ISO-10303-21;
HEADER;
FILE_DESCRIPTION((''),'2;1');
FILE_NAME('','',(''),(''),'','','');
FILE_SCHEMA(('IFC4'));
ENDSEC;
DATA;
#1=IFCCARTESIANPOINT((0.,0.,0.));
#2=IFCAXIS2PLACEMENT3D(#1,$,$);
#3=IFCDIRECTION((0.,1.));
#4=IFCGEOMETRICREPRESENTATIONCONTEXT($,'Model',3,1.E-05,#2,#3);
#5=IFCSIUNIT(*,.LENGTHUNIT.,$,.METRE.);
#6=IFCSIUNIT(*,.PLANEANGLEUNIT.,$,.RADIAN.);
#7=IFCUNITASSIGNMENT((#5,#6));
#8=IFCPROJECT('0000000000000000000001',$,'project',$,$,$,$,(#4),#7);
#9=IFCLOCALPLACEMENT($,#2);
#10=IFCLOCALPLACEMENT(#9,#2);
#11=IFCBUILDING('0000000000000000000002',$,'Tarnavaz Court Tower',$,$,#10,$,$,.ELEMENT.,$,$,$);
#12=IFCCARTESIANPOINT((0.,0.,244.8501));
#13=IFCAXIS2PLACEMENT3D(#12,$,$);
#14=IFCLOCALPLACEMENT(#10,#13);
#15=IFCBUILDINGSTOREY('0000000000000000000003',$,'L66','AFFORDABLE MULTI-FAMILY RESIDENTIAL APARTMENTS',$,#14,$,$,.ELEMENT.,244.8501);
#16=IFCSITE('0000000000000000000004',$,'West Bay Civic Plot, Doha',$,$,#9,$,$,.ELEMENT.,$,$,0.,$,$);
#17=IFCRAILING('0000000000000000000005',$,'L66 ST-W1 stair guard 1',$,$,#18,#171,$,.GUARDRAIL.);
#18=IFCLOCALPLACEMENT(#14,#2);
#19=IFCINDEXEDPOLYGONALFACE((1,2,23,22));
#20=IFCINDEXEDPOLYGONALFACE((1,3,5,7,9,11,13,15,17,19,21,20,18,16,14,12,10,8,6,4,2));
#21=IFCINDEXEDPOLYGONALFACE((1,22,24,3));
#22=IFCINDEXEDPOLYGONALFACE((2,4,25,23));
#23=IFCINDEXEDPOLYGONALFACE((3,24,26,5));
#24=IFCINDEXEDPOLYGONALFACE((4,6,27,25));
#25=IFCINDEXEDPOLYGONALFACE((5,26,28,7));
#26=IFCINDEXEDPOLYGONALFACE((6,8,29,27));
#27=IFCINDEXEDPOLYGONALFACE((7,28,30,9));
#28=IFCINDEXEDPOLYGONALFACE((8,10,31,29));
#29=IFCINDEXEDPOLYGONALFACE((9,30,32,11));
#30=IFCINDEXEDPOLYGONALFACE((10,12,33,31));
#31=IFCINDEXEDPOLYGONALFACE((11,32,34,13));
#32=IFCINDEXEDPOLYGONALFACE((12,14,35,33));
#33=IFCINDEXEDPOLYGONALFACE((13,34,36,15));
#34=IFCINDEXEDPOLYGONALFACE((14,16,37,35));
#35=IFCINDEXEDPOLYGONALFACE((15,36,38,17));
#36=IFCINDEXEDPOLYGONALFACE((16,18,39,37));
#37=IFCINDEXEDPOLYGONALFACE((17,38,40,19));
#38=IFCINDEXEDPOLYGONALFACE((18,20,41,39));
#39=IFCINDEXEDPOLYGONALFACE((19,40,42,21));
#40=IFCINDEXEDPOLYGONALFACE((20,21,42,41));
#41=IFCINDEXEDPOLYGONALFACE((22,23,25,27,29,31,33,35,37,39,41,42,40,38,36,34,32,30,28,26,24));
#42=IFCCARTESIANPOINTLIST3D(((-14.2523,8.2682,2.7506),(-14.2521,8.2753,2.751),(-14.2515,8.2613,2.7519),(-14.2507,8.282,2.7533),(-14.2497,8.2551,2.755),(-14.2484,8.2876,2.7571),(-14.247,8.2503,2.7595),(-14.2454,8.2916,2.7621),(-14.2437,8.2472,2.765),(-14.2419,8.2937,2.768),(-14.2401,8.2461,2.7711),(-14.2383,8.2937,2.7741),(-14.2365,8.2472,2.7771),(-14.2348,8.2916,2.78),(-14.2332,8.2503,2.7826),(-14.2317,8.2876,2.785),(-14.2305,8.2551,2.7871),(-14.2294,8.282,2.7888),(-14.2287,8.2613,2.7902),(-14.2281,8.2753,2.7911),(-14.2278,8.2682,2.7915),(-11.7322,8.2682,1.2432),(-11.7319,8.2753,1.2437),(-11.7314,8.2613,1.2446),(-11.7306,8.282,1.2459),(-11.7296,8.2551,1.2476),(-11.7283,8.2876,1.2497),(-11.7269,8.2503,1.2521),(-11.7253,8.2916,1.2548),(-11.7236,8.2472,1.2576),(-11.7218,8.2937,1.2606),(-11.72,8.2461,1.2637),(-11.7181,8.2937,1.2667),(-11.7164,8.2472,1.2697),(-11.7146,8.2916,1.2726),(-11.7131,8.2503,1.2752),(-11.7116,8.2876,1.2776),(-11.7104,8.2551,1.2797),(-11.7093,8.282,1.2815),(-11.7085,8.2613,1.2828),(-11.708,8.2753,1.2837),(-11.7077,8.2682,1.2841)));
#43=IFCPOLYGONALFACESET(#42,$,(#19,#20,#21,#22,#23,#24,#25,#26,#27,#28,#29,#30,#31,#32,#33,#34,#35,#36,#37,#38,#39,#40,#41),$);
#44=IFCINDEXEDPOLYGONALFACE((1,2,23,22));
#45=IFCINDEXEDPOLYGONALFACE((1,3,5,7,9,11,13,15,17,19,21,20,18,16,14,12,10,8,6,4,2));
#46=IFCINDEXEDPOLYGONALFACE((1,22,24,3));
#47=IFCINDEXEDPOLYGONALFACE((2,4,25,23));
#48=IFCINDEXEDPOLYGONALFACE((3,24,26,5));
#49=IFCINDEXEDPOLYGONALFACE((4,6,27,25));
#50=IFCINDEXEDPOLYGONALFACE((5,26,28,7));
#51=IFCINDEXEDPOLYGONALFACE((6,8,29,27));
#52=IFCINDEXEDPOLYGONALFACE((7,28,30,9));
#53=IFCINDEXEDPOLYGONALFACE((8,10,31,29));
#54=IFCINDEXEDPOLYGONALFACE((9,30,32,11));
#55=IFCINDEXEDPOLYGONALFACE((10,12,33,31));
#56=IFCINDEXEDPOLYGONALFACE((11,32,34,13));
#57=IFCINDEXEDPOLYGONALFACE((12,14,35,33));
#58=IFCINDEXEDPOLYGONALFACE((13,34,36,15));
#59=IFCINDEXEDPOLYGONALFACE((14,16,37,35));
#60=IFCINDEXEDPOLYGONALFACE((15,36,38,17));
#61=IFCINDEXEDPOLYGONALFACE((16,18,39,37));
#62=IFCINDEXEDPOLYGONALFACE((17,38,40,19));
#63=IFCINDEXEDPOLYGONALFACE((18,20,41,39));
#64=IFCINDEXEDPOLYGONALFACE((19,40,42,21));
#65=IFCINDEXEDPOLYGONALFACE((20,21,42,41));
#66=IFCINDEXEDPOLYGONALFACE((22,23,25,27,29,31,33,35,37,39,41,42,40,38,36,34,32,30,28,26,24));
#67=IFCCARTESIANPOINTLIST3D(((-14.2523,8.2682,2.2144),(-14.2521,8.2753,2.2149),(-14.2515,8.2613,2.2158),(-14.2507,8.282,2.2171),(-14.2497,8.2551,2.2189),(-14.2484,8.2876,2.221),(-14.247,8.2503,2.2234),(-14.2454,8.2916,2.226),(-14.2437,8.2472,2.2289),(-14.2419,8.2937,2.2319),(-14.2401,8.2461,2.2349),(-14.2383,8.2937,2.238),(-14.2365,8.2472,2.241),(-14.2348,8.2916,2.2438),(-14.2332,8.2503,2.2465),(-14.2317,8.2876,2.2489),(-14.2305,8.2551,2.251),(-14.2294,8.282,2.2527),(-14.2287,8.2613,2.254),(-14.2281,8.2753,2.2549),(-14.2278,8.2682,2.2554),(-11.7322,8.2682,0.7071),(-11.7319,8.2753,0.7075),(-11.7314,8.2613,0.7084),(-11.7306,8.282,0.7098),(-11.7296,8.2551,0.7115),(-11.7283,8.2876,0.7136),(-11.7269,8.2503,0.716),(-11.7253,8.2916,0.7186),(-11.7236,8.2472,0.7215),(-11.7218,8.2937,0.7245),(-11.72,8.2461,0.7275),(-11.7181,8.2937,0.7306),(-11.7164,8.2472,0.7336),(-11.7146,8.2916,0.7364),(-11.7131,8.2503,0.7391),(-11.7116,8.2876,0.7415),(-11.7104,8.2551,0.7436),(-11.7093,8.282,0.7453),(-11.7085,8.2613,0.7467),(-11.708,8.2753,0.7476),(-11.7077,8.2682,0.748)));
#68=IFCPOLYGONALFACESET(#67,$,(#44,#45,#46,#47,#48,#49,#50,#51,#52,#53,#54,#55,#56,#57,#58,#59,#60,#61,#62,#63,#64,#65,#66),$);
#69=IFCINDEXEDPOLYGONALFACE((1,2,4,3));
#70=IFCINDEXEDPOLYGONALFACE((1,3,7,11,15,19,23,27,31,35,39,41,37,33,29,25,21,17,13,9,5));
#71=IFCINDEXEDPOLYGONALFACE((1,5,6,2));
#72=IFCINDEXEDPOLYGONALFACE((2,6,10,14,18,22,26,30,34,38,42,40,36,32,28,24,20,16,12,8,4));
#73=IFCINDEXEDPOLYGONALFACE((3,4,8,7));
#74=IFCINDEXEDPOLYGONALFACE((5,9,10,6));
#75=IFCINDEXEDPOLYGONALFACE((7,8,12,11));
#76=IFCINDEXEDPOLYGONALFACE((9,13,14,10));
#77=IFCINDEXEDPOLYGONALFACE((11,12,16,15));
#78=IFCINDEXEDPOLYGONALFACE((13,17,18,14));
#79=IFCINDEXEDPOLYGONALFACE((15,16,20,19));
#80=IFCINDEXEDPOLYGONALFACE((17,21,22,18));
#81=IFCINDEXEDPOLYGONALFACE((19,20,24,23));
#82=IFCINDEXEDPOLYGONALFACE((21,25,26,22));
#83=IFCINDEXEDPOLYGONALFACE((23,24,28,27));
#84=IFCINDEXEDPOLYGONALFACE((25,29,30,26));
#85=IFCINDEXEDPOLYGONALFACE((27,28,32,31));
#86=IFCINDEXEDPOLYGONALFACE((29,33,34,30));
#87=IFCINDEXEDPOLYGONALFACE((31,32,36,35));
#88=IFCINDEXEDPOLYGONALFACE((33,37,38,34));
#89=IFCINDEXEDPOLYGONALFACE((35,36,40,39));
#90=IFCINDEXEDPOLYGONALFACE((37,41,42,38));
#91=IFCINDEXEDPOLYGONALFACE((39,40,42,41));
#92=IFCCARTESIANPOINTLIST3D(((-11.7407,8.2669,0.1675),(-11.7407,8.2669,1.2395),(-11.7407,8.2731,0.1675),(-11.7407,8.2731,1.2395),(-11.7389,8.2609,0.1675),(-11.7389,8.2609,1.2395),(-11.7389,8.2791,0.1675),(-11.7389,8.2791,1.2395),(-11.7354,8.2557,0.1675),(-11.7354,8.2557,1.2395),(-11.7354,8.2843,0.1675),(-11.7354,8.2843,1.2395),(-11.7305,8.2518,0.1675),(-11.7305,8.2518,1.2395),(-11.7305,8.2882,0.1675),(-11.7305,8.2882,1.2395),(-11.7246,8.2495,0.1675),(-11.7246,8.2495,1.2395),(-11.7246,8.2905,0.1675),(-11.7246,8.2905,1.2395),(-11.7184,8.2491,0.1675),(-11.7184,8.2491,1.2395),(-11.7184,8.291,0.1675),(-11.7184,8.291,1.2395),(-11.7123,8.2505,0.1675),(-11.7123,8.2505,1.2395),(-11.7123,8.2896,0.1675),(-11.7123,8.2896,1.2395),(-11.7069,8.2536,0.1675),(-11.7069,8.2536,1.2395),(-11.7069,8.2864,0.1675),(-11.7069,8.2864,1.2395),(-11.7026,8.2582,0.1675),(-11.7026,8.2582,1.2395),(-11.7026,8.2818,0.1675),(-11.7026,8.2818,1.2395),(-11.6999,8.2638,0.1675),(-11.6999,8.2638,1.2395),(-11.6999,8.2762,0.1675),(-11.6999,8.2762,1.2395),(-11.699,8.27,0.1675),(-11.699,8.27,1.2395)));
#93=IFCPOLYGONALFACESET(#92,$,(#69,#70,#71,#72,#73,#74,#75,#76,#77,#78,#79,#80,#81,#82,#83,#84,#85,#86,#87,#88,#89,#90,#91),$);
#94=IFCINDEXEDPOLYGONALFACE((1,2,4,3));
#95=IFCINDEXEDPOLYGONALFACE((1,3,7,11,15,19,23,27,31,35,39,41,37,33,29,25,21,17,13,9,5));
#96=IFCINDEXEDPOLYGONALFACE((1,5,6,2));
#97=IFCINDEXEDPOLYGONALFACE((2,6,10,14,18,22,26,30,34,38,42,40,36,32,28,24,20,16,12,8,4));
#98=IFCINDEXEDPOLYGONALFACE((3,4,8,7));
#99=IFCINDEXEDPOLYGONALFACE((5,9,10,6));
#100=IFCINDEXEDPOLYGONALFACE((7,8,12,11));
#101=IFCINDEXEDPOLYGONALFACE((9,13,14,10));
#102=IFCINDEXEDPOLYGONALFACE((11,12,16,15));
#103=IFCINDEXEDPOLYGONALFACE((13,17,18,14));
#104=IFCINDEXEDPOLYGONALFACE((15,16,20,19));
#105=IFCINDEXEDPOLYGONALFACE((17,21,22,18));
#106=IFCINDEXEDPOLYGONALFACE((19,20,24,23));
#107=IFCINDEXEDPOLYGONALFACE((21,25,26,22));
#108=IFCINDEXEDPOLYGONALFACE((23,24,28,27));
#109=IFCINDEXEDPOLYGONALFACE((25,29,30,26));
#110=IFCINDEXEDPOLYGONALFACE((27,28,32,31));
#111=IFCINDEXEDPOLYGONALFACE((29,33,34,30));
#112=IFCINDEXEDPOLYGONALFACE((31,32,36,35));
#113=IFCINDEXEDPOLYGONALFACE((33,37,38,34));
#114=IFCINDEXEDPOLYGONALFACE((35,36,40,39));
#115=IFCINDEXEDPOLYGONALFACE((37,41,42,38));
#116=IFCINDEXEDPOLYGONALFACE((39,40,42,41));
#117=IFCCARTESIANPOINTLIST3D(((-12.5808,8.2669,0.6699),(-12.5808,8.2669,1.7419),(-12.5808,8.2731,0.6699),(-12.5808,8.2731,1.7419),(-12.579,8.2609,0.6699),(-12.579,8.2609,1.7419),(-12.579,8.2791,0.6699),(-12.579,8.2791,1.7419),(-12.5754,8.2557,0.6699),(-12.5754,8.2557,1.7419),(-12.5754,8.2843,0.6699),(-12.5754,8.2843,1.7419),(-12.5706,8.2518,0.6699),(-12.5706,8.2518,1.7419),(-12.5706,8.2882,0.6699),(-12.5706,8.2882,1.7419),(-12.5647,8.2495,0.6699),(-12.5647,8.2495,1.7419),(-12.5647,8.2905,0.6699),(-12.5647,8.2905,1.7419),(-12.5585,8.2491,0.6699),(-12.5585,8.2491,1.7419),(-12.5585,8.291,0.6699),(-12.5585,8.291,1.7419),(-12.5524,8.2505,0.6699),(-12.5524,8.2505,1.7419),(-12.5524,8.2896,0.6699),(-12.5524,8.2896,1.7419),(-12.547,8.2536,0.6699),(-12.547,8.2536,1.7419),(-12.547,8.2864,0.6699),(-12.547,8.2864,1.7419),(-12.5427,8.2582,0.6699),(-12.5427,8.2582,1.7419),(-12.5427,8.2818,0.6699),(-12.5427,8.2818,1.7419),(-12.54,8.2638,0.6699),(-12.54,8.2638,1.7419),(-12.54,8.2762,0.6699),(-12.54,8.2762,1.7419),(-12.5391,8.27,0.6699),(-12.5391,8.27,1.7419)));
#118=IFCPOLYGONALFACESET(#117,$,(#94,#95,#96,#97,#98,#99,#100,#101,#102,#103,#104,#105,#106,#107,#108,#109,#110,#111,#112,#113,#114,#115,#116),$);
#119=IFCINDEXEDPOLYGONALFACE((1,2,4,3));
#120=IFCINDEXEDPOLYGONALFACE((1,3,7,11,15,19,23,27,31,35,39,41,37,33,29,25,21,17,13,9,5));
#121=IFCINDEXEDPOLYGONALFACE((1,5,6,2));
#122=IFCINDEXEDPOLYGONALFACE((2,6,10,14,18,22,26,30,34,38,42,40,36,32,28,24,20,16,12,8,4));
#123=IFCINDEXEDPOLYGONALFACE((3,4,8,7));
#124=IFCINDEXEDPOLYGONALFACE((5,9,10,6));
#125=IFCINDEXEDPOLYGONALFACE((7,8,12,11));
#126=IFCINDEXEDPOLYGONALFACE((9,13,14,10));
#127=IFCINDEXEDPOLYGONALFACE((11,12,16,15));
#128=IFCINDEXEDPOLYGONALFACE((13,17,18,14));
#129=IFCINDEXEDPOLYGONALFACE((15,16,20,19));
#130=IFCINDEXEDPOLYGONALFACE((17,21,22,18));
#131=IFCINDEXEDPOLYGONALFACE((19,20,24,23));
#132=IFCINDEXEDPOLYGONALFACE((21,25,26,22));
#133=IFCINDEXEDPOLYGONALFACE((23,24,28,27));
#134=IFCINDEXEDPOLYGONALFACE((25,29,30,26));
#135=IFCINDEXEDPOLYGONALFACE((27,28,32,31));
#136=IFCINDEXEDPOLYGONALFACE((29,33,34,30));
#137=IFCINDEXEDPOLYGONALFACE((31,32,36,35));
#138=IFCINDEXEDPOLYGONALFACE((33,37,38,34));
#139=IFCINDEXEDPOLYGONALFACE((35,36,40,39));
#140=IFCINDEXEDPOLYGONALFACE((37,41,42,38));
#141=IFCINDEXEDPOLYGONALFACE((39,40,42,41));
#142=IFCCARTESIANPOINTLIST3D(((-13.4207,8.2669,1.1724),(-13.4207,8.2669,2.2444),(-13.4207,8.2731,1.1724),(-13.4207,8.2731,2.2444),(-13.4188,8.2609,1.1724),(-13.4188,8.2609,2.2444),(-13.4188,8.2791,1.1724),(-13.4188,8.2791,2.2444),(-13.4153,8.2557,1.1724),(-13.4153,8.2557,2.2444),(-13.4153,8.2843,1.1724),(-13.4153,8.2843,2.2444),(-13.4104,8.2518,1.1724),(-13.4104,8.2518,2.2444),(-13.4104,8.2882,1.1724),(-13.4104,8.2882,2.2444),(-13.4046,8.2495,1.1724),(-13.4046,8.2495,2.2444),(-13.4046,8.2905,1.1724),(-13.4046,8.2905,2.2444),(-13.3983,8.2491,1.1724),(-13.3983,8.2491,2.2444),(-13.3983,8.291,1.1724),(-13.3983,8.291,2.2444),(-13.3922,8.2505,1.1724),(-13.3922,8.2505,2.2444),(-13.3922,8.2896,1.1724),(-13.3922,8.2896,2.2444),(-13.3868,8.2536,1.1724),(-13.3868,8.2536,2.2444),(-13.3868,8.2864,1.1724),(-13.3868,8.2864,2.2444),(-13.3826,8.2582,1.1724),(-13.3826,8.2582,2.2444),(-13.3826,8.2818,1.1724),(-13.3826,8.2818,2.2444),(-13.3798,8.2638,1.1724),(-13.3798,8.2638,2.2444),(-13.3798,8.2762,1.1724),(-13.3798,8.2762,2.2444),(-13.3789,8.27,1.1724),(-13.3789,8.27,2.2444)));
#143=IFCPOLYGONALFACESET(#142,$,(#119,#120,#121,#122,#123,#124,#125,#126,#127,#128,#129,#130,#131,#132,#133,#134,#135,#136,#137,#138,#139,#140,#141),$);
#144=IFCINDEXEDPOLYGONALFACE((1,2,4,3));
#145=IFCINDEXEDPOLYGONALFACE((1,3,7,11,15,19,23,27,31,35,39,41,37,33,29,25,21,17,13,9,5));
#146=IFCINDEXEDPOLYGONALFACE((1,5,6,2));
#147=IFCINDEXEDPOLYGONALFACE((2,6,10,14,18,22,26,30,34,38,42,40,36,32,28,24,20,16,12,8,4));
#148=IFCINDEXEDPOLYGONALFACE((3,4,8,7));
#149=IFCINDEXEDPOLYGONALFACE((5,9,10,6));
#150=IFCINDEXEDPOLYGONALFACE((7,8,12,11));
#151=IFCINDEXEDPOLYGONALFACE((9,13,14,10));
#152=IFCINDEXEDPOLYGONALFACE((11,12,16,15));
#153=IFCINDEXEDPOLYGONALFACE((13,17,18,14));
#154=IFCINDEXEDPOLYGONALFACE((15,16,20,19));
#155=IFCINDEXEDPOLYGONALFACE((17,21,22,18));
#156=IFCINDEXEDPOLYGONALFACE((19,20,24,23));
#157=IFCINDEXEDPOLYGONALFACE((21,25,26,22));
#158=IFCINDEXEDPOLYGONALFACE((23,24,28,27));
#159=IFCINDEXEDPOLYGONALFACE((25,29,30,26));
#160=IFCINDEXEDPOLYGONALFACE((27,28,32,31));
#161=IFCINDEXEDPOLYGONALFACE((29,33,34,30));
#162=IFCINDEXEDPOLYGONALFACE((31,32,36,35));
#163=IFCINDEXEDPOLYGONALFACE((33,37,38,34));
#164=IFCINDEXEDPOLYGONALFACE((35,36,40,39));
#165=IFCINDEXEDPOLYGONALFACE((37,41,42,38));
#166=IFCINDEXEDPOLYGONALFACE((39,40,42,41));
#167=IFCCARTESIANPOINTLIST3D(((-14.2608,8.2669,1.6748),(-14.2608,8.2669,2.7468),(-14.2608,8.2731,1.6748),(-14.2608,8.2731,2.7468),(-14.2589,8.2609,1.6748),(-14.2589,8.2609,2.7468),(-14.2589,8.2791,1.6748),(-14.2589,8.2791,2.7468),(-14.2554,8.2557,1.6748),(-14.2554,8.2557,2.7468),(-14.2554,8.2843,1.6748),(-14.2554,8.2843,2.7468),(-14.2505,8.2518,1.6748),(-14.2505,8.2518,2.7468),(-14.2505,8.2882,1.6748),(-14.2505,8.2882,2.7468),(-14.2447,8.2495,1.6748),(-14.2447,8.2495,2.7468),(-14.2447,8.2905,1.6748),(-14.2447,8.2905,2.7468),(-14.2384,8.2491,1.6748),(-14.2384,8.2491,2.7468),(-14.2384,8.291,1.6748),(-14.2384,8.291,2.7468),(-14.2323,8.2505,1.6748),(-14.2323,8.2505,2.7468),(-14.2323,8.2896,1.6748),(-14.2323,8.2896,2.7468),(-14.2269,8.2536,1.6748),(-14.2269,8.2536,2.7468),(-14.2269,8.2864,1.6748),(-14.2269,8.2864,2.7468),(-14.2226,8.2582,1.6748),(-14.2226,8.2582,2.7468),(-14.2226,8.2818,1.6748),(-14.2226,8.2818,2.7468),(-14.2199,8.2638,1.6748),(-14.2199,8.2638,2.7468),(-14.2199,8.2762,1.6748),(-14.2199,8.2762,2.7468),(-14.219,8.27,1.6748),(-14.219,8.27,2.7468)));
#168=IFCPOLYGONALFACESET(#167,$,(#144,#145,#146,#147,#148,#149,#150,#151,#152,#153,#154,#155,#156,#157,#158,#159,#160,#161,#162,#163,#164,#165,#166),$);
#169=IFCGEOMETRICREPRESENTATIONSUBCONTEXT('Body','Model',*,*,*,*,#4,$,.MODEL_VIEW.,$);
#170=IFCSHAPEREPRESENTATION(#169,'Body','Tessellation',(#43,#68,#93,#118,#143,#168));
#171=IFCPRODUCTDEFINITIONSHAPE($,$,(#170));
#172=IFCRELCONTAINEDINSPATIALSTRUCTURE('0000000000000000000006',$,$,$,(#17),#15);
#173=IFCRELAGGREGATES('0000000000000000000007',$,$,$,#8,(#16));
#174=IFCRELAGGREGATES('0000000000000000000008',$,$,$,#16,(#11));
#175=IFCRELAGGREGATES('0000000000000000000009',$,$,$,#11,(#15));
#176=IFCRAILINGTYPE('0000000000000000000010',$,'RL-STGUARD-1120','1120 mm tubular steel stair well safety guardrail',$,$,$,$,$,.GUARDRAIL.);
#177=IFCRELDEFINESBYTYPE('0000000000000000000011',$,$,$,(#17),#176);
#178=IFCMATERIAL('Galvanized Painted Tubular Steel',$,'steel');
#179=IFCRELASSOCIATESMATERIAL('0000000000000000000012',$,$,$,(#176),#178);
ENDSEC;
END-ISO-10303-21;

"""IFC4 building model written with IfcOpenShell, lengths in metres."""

from ifc_helpers import new_model, si_unit, direction, frame, origin, origin_2d, place, context, subcontext, project, spatial, circle, extrude, material, type_object, element, save


model = new_model("IFC4")

# Units and contexts
model_context = context("Model", 3, precision=1e-05, world=origin(), true_north=direction((0.0, 1.0)))
body_context = subcontext(model_context, "Body", "Model", "MODEL_VIEW")
ifc_project = project(units=[si_unit("LENGTHUNIT", "METRE"), si_unit("PLANEANGLEUNIT", "RADIAN")], contexts=[model_context])

# Site, building, storey
site_placement = place(None, origin())
site = spatial("IfcSite", under=ifc_project, at=site_placement, Name="West Bay Civic Plot, Doha", CompositionType="ELEMENT", RefElevation=0.0)
building_placement = place(site_placement, origin())
building = spatial("IfcBuilding", under=site, at=building_placement, Name="Tarnavaz Court Tower", CompositionType="ELEMENT")
storey_placement = place(building_placement, frame((0.0, 0.0, 244.8501)))
storey = spatial("IfcBuildingStorey", under=building, at=storey_placement, Name="L66", Description="AFFORDABLE MULTI-FAMILY RESIDENTIAL APARTMENTS", CompositionType="ELEMENT", Elevation=244.8501)

# Railing
ifc_material_1 = material(Name="Galvanized Painted Tubular Steel", Category="steel")
railing_type_1 = type_object("IfcRailingType", Name="RL-STGUARD-1120", Description="1120 mm tubular steel stair well safety guardrail", PredefinedType="GUARDRAIL", material=ifc_material_1)
railing_1_placement = place(storey_placement, frame((-11.72, 8.27, 0.1675)))
element("IfcRailing", 1, at=railing_1_placement, inside=storey, type_object=railing_type_1, Name="L66 ST-W1 stair guard 1", PredefinedType="GUARDRAIL", context=body_context, shape_type="SweptSolid", body=[
    extrude(circle(Radius=0.0239, at=origin_2d()), frame((0.0, 0.0, 1.0962), z_axis=(-0.858196, 0.0, 0.513321), x_axis=(0.0, -1.0, 0.0)), (0.0, 0.0, 1.0), 2.9365),
    extrude(circle(Radius=0.0239, at=origin_2d()), frame((0.0, 0.0, 0.5601), z_axis=(-0.858196, 0.0, 0.513321), x_axis=(0.0, -1.0, 0.0)), (0.0, 0.0, 1.0), 2.9365),
    extrude(circle(Radius=0.021, at=origin_2d()), origin(), (0.0, 0.0, 1.0), 1.072),
    extrude(circle(Radius=0.021, at=origin_2d()), frame((-0.8401, 0.0, 0.5024)), (0.0, 0.0, 1.0), 1.072),
    extrude(circle(Radius=0.021, at=origin_2d()), frame((-1.6799, 0.0, 1.0049)), (0.0, 0.0, 1.0), 1.072),
    extrude(circle(Radius=0.021, at=origin_2d()), frame((-2.52, 0.0, 1.5073)), (0.0, 0.0, 1.0), 1.072),
])

save(model, "model.ifc")
